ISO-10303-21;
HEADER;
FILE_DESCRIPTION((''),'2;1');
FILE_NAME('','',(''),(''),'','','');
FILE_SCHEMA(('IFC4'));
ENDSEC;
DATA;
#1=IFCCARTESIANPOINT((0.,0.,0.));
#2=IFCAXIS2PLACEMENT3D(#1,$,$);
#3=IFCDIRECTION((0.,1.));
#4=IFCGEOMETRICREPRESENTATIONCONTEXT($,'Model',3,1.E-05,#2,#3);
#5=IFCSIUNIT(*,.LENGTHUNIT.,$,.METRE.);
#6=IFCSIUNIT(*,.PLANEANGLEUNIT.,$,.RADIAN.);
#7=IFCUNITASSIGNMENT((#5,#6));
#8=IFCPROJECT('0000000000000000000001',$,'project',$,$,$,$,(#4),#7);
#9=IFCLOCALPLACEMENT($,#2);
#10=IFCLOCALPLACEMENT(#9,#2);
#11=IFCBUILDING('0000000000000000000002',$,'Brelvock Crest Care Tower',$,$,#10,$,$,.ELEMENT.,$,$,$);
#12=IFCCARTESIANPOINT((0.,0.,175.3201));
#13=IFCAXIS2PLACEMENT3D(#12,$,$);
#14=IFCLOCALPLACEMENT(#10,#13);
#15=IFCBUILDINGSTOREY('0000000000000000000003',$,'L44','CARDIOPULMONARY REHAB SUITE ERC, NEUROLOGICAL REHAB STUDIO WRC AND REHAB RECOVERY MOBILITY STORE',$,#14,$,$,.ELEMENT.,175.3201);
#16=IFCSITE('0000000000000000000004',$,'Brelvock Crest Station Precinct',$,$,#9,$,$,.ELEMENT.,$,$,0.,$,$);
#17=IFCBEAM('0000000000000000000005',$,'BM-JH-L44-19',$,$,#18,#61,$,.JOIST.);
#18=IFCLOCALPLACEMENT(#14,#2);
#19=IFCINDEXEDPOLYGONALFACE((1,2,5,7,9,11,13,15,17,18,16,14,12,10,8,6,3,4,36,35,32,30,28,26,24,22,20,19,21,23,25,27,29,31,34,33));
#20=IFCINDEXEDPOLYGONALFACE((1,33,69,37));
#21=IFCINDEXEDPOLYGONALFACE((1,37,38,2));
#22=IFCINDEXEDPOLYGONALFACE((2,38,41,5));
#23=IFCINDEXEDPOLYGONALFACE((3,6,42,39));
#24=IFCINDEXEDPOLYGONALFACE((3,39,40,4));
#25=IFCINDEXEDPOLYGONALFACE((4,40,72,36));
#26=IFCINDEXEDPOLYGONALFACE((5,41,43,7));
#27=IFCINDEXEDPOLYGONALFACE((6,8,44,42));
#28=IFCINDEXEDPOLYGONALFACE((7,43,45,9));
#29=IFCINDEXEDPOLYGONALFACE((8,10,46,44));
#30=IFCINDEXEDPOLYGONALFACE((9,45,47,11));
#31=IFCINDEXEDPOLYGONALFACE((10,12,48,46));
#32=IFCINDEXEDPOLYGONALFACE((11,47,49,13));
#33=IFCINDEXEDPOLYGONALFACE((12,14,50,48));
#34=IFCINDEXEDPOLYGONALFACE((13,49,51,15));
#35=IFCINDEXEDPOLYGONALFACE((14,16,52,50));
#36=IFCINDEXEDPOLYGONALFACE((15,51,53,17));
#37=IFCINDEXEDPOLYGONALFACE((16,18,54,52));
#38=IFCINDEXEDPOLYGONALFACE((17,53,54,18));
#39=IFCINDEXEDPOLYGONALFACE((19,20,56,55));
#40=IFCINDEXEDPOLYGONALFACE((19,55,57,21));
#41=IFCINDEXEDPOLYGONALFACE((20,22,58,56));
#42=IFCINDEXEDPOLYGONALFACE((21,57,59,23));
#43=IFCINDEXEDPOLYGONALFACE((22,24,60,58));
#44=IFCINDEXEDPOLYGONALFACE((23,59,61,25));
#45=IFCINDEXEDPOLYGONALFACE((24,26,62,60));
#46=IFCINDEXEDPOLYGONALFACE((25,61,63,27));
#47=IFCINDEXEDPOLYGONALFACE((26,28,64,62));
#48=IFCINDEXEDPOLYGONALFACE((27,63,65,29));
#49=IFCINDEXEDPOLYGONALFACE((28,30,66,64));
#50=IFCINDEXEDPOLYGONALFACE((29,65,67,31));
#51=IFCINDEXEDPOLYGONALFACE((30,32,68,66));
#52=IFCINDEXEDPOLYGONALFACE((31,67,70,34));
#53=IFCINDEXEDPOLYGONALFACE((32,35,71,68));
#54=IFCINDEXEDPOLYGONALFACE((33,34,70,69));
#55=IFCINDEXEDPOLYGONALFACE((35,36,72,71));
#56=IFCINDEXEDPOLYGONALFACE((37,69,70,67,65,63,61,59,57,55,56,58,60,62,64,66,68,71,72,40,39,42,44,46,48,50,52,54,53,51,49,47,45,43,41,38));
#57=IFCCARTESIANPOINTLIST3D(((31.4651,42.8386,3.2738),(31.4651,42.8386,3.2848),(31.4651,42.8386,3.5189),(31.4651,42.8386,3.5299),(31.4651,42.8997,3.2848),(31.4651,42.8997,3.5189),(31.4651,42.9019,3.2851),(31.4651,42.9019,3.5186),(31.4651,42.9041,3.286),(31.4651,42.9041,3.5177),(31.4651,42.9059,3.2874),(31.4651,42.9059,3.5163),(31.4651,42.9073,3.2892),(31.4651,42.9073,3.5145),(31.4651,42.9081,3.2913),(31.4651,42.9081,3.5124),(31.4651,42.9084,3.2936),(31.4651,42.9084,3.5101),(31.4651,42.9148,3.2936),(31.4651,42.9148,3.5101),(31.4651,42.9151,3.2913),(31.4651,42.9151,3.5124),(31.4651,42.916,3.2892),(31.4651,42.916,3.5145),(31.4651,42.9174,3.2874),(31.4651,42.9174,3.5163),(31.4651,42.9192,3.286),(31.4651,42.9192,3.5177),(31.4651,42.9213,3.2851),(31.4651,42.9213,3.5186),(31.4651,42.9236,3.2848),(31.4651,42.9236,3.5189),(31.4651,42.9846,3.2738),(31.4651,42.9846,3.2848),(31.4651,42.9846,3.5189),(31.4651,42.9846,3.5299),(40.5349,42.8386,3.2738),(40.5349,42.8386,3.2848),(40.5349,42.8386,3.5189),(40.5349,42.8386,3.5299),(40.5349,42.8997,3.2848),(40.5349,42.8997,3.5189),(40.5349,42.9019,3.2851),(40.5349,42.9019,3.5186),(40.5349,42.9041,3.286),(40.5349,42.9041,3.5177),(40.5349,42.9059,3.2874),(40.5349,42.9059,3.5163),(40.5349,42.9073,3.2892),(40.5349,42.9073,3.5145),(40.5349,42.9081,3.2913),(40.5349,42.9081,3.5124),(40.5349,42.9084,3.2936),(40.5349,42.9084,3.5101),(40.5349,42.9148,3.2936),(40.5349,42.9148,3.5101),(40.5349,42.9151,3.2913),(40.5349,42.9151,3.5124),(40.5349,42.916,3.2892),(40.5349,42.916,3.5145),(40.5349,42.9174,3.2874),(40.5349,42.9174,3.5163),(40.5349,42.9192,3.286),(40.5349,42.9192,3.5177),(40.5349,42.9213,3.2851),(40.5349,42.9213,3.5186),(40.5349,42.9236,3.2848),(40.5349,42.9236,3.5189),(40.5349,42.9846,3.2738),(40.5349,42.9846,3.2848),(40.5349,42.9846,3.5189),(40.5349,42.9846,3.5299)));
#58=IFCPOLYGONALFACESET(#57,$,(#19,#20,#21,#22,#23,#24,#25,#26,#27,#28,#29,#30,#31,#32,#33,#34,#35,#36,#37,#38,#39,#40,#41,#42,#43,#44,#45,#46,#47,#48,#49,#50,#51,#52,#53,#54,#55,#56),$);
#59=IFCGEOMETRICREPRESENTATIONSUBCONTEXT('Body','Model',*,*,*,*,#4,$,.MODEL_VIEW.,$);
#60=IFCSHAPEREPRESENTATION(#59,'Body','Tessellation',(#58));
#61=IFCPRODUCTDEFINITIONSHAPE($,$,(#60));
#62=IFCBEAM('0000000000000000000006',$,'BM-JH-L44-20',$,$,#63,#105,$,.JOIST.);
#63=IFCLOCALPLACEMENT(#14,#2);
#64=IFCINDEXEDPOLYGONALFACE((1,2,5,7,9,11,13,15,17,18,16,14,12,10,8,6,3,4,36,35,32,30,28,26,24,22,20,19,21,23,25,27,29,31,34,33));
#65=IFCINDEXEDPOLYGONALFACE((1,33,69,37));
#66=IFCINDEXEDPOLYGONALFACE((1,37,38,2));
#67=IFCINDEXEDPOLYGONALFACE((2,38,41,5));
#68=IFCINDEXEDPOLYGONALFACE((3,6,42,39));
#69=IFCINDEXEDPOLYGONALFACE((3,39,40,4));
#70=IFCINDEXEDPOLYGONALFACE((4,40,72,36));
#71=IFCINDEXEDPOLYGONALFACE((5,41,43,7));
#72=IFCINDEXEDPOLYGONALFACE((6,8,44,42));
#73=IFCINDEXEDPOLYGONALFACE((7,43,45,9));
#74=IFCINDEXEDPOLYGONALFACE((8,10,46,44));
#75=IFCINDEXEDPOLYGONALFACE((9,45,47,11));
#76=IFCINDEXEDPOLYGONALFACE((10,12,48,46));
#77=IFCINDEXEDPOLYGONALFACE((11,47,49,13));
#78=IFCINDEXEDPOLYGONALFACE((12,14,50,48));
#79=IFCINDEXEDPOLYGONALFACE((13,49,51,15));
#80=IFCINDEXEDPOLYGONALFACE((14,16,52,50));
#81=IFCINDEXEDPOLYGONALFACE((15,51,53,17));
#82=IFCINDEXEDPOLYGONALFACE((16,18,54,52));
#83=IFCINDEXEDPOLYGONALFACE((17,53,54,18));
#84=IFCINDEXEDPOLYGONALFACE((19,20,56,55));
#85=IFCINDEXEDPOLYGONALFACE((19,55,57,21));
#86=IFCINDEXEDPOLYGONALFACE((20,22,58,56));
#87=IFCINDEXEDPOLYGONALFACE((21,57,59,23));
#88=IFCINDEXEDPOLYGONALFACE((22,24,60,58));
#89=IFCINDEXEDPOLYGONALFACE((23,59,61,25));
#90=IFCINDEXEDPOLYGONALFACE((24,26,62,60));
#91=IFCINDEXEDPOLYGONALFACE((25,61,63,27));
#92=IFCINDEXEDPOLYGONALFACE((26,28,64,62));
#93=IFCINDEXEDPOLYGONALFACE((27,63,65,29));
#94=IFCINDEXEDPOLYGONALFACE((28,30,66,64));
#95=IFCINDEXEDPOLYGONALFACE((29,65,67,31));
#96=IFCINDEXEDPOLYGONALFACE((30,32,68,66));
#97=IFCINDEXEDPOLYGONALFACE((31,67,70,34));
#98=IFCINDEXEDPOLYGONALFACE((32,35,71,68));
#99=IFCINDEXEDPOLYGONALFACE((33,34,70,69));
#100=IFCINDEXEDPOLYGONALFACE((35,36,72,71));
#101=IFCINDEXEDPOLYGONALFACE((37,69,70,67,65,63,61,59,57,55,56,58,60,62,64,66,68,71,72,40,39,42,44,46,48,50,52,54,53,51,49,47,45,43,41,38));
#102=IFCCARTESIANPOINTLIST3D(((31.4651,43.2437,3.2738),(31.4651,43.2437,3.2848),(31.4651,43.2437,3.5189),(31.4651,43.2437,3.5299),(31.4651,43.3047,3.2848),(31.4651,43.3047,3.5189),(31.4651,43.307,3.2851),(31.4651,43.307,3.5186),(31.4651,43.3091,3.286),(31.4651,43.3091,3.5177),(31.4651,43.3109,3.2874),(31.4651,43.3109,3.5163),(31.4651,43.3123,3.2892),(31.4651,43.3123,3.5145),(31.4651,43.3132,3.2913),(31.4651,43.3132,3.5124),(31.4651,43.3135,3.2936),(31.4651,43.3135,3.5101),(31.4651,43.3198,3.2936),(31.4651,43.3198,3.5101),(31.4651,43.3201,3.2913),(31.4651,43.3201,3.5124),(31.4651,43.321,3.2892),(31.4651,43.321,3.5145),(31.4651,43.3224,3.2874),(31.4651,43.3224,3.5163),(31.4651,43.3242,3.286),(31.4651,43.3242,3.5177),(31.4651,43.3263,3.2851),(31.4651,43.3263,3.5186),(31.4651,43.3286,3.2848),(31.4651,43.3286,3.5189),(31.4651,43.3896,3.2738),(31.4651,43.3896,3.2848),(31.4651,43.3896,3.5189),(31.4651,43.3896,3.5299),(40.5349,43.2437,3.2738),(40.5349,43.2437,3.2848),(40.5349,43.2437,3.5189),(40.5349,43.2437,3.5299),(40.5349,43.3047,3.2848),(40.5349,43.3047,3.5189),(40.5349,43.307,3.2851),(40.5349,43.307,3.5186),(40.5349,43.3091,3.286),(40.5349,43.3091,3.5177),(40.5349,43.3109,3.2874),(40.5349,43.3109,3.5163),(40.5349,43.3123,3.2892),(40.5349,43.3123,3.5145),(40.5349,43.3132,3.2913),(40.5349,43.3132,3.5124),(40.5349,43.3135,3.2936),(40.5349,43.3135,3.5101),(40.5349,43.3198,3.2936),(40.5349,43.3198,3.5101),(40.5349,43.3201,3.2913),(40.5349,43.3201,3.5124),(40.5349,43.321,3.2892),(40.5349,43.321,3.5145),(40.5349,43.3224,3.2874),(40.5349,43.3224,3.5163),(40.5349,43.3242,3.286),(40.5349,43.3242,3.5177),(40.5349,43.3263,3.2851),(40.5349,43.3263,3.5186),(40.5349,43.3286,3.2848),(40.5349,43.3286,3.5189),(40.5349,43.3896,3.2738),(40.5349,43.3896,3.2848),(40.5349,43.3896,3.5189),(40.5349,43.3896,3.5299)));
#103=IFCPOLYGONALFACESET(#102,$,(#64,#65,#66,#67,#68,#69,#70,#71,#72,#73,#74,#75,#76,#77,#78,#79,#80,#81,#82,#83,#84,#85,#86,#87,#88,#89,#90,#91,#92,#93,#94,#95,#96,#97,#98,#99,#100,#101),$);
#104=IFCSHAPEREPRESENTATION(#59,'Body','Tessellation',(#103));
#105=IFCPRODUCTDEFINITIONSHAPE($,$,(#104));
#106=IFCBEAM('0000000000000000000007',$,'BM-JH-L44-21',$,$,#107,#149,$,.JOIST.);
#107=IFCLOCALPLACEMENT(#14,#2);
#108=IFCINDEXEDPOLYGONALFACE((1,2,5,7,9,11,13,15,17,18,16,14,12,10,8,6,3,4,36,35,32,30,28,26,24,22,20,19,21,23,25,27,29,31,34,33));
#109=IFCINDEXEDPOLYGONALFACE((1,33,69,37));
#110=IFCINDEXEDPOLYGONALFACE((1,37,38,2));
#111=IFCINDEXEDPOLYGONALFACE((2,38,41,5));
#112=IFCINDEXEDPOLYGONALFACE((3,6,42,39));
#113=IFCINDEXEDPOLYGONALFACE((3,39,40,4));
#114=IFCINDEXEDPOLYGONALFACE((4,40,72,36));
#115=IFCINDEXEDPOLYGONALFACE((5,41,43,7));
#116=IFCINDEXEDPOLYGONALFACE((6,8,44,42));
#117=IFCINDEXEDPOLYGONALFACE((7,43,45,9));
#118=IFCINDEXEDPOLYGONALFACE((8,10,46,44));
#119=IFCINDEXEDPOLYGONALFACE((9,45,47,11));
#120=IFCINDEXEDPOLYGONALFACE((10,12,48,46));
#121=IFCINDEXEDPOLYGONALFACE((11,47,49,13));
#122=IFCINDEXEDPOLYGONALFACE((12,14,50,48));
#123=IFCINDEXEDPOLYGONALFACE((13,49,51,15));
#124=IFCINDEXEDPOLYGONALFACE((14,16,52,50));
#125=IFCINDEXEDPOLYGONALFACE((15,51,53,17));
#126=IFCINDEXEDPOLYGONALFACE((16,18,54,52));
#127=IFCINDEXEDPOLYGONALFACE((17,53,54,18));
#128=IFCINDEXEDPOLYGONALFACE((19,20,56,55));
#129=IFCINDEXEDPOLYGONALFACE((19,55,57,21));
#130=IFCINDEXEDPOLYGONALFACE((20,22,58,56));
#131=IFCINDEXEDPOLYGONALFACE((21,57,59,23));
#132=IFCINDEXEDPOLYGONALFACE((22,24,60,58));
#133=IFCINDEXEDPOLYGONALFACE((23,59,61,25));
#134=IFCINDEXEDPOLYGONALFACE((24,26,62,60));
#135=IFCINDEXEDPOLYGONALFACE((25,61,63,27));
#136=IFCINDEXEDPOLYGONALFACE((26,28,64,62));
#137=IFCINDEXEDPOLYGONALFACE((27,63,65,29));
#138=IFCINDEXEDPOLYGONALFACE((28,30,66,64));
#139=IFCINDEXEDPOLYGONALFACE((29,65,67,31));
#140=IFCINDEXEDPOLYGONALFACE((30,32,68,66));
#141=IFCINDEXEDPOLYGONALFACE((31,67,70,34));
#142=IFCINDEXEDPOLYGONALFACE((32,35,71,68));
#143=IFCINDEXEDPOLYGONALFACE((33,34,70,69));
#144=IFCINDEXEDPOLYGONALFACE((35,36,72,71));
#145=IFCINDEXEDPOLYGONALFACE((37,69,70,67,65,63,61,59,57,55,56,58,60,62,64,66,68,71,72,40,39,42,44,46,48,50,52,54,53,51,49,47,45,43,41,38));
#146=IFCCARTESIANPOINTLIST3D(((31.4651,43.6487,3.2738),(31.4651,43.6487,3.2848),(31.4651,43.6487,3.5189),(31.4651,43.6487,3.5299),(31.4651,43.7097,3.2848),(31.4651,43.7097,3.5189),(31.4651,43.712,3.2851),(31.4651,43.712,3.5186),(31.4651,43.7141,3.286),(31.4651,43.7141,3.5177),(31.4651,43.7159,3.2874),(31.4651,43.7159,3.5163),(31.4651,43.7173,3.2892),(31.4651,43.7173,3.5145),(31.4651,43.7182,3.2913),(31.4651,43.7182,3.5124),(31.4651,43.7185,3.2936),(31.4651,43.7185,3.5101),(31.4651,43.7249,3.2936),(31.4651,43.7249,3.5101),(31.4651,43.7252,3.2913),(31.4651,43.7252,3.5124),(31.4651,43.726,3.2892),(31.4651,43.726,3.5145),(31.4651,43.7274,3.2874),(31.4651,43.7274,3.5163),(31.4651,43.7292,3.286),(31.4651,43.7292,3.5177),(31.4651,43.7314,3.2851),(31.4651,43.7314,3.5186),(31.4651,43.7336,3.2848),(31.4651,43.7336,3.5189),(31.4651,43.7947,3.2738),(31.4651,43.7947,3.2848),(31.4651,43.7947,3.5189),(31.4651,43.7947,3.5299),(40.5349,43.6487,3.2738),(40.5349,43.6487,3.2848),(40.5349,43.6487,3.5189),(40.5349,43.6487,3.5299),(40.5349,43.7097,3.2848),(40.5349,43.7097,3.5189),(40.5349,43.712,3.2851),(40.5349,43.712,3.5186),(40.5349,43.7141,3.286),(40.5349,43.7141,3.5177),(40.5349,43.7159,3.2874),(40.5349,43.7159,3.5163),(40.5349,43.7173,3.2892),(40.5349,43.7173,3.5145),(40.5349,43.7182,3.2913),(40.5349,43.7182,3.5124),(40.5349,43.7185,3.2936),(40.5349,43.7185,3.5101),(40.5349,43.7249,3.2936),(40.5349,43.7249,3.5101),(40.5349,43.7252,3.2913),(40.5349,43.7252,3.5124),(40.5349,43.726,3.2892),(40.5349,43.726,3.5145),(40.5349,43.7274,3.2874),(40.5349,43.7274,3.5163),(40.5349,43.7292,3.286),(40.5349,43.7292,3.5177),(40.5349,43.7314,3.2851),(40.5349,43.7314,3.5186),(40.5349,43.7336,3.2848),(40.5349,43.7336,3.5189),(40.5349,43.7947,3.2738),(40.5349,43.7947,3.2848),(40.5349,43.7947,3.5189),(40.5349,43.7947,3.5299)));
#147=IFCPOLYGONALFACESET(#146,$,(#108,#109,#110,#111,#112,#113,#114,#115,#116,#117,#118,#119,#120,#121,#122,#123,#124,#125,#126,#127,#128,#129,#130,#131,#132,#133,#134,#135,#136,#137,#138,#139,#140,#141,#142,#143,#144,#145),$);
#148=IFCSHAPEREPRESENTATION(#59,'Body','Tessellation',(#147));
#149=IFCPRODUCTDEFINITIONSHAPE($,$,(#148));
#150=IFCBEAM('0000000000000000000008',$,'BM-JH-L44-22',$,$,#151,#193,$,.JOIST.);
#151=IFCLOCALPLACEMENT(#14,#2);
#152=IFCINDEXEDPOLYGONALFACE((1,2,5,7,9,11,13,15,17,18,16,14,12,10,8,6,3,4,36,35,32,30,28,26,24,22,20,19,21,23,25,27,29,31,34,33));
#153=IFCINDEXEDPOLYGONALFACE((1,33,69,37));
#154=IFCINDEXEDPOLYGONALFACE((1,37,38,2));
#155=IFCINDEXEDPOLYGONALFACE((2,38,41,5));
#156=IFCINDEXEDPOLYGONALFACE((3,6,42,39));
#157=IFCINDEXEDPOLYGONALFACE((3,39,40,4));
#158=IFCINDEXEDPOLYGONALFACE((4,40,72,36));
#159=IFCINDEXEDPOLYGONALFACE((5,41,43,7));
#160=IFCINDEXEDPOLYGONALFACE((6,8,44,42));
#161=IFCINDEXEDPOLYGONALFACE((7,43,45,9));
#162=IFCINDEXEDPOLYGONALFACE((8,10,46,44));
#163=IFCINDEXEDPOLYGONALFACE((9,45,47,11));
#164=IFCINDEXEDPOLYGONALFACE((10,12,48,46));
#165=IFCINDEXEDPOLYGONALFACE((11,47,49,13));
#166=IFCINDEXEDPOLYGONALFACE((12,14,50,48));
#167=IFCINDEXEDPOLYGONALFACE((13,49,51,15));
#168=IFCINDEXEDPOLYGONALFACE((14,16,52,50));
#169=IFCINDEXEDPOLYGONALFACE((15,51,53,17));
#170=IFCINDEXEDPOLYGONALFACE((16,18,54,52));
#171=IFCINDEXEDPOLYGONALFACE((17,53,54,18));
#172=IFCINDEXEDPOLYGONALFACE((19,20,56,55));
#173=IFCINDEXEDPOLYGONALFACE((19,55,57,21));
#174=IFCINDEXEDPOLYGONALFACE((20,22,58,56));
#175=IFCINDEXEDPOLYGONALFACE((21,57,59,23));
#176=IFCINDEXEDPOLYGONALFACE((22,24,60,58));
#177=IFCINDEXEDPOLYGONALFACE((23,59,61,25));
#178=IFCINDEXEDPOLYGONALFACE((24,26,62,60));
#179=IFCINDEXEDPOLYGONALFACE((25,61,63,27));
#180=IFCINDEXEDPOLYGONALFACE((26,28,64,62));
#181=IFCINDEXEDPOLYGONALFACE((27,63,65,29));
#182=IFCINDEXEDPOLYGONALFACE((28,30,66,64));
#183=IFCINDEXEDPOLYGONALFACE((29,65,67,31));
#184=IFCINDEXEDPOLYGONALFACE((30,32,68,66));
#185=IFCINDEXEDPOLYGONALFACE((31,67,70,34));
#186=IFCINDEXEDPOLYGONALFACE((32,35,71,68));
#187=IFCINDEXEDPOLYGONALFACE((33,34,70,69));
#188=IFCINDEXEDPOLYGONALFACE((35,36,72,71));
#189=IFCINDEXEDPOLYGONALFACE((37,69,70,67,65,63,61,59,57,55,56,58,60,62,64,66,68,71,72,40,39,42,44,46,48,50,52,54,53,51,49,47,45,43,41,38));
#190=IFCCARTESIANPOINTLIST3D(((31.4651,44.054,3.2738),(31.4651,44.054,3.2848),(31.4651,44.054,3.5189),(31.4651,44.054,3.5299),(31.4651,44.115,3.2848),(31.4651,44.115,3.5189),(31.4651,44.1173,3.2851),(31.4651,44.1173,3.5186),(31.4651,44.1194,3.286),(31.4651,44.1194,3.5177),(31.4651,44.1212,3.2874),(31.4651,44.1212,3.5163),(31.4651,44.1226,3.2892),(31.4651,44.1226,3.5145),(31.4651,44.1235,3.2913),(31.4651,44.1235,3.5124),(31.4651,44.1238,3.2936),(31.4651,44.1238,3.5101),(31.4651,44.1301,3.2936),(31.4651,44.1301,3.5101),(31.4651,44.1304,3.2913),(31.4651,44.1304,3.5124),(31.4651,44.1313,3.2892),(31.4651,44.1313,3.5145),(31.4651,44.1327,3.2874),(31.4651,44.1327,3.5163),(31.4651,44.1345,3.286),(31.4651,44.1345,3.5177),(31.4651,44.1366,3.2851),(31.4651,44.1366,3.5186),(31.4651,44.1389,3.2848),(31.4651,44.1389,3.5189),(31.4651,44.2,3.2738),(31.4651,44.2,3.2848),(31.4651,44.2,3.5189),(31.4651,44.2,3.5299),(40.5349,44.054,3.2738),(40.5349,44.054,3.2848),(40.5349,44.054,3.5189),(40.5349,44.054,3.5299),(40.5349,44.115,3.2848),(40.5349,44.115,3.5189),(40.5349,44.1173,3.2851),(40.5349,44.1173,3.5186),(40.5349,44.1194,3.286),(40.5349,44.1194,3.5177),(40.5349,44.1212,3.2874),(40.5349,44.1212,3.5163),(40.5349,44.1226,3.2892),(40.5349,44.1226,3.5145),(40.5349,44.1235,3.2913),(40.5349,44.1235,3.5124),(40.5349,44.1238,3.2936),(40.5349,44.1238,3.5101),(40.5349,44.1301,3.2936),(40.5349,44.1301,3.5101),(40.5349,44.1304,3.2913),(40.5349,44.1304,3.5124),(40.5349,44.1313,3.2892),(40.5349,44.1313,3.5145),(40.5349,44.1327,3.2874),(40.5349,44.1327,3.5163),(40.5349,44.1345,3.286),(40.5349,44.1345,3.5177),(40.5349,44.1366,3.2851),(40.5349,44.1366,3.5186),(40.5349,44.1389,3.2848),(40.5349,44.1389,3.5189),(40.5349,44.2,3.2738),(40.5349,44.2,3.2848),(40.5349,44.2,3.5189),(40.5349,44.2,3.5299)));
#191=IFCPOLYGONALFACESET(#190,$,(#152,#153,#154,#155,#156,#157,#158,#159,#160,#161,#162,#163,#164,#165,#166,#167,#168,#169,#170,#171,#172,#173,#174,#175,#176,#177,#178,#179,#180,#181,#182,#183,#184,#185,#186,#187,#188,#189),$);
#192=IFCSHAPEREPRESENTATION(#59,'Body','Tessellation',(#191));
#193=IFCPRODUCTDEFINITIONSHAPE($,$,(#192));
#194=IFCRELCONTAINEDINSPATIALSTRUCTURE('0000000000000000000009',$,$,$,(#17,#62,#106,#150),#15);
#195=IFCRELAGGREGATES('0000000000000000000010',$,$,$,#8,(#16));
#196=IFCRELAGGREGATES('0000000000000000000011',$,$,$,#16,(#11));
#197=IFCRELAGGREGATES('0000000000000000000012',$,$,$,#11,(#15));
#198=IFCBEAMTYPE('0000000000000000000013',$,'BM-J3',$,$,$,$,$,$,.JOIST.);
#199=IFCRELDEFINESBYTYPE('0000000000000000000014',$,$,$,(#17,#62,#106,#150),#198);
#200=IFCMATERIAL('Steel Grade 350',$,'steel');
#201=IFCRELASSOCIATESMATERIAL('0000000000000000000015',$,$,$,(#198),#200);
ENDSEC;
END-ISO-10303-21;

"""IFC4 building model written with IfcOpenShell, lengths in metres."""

from ifc_helpers import new_model, si_unit, direction, frame, origin, origin_2d, place, context, subcontext, project, spatial, i_section, extrude, source, transform, mapped, material, material_profile, profile_set, type_object, element, save


model = new_model("IFC4")

# Units and contexts
model_context = context("Model", 3, precision=1e-05, world=origin(), true_north=direction((0.0, 1.0)))
body_context = subcontext(model_context, "Body", "Model", "MODEL_VIEW")
ifc_project = project(units=[si_unit("LENGTHUNIT", "METRE"), si_unit("PLANEANGLEUNIT", "RADIAN")], contexts=[model_context])

# Site, building, storey
site_placement = place(None, origin())
site = spatial("IfcSite", under=ifc_project, at=site_placement, Name="Brelvock Crest Station Precinct", CompositionType="ELEMENT", RefElevation=0.0)
building_placement = place(site_placement, origin())
building = spatial("IfcBuilding", under=site, at=building_placement, Name="Brelvock Crest Care Tower", CompositionType="ELEMENT")
storey_placement = place(building_placement, frame((0.0, 0.0, 175.3201)))
storey = spatial("IfcBuildingStorey", under=building, at=storey_placement, Name="L44", Description="CARDIOPULMONARY REHAB SUITE ERC, NEUROLOGICAL REHAB STUDIO WRC AND REHAB RECOVERY MOBILITY STORE", CompositionType="ELEMENT", Elevation=175.3201)

# Beams
ifc_material_1 = material(Name="Steel Grade 350", Category="steel")
ifc_material_profile_1 = material_profile(ifc_material_1, i_section(OverallWidth=0.146, OverallDepth=0.2561, WebThickness=0.0063, FlangeThickness=0.011, FilletRadius=0.0088, at=origin_2d()), Name="250UB37.3")
ifc_profile_set_1 = profile_set([ifc_material_profile_1], Name="Steel Grade 350")
beam_type_1 = type_object("IfcBeamType", Name="BM-J3", PredefinedType="JOIST", material=ifc_profile_set_1)
shared_shape_1 = source(origin(), body_context, "Body", "SweptSolid", [
    extrude(i_section(OverallWidth=0.146, OverallDepth=0.2561, WebThickness=0.0063, FlangeThickness=0.011, FilletRadius=0.0088, at=origin_2d()), origin(), (0.0, 0.0, 1.0), 9.0698),
])
for number, where, z_axis, x_axis, name in (
    (1, (31.4651, 42.9116, 3.4019), (1.0, 0.0, 0.0), (0.0, 1.0, 0.0), "BM-JH-L44-19"),
    (2, (31.4651, 43.3167, 3.4019), (1.0, 0.0, 0.0), (0.0, 1.0, 0.0), "BM-JH-L44-20"),
    (3, (31.4651, 43.7217, 3.4019), (1.0, 0.0, 0.0), (0.0, 1.0, 0.0), "BM-JH-L44-21"),
    (4, (31.4651, 44.127, 3.4019), (1.0, 0.0, 0.0), (0.0, 1.0, 0.0), "BM-JH-L44-22"),
):
    element("IfcBeam", number, at=place(storey_placement, frame(where, z_axis=z_axis, x_axis=x_axis)), inside=storey, type_object=beam_type_1, Name=name, PredefinedType="JOIST", context=body_context, shape_type="MappedRepresentation", body=[
        mapped(shared_shape_1, transform((0.0, 0.0, 0.0), x_axis=(1.0, 0.0, 0.0), y_axis=(0.0, 1.0, 0.0), z_axis=(0.0, 0.0, 1.0), scale=1.0)),
    ])

save(model, "model.ifc")
